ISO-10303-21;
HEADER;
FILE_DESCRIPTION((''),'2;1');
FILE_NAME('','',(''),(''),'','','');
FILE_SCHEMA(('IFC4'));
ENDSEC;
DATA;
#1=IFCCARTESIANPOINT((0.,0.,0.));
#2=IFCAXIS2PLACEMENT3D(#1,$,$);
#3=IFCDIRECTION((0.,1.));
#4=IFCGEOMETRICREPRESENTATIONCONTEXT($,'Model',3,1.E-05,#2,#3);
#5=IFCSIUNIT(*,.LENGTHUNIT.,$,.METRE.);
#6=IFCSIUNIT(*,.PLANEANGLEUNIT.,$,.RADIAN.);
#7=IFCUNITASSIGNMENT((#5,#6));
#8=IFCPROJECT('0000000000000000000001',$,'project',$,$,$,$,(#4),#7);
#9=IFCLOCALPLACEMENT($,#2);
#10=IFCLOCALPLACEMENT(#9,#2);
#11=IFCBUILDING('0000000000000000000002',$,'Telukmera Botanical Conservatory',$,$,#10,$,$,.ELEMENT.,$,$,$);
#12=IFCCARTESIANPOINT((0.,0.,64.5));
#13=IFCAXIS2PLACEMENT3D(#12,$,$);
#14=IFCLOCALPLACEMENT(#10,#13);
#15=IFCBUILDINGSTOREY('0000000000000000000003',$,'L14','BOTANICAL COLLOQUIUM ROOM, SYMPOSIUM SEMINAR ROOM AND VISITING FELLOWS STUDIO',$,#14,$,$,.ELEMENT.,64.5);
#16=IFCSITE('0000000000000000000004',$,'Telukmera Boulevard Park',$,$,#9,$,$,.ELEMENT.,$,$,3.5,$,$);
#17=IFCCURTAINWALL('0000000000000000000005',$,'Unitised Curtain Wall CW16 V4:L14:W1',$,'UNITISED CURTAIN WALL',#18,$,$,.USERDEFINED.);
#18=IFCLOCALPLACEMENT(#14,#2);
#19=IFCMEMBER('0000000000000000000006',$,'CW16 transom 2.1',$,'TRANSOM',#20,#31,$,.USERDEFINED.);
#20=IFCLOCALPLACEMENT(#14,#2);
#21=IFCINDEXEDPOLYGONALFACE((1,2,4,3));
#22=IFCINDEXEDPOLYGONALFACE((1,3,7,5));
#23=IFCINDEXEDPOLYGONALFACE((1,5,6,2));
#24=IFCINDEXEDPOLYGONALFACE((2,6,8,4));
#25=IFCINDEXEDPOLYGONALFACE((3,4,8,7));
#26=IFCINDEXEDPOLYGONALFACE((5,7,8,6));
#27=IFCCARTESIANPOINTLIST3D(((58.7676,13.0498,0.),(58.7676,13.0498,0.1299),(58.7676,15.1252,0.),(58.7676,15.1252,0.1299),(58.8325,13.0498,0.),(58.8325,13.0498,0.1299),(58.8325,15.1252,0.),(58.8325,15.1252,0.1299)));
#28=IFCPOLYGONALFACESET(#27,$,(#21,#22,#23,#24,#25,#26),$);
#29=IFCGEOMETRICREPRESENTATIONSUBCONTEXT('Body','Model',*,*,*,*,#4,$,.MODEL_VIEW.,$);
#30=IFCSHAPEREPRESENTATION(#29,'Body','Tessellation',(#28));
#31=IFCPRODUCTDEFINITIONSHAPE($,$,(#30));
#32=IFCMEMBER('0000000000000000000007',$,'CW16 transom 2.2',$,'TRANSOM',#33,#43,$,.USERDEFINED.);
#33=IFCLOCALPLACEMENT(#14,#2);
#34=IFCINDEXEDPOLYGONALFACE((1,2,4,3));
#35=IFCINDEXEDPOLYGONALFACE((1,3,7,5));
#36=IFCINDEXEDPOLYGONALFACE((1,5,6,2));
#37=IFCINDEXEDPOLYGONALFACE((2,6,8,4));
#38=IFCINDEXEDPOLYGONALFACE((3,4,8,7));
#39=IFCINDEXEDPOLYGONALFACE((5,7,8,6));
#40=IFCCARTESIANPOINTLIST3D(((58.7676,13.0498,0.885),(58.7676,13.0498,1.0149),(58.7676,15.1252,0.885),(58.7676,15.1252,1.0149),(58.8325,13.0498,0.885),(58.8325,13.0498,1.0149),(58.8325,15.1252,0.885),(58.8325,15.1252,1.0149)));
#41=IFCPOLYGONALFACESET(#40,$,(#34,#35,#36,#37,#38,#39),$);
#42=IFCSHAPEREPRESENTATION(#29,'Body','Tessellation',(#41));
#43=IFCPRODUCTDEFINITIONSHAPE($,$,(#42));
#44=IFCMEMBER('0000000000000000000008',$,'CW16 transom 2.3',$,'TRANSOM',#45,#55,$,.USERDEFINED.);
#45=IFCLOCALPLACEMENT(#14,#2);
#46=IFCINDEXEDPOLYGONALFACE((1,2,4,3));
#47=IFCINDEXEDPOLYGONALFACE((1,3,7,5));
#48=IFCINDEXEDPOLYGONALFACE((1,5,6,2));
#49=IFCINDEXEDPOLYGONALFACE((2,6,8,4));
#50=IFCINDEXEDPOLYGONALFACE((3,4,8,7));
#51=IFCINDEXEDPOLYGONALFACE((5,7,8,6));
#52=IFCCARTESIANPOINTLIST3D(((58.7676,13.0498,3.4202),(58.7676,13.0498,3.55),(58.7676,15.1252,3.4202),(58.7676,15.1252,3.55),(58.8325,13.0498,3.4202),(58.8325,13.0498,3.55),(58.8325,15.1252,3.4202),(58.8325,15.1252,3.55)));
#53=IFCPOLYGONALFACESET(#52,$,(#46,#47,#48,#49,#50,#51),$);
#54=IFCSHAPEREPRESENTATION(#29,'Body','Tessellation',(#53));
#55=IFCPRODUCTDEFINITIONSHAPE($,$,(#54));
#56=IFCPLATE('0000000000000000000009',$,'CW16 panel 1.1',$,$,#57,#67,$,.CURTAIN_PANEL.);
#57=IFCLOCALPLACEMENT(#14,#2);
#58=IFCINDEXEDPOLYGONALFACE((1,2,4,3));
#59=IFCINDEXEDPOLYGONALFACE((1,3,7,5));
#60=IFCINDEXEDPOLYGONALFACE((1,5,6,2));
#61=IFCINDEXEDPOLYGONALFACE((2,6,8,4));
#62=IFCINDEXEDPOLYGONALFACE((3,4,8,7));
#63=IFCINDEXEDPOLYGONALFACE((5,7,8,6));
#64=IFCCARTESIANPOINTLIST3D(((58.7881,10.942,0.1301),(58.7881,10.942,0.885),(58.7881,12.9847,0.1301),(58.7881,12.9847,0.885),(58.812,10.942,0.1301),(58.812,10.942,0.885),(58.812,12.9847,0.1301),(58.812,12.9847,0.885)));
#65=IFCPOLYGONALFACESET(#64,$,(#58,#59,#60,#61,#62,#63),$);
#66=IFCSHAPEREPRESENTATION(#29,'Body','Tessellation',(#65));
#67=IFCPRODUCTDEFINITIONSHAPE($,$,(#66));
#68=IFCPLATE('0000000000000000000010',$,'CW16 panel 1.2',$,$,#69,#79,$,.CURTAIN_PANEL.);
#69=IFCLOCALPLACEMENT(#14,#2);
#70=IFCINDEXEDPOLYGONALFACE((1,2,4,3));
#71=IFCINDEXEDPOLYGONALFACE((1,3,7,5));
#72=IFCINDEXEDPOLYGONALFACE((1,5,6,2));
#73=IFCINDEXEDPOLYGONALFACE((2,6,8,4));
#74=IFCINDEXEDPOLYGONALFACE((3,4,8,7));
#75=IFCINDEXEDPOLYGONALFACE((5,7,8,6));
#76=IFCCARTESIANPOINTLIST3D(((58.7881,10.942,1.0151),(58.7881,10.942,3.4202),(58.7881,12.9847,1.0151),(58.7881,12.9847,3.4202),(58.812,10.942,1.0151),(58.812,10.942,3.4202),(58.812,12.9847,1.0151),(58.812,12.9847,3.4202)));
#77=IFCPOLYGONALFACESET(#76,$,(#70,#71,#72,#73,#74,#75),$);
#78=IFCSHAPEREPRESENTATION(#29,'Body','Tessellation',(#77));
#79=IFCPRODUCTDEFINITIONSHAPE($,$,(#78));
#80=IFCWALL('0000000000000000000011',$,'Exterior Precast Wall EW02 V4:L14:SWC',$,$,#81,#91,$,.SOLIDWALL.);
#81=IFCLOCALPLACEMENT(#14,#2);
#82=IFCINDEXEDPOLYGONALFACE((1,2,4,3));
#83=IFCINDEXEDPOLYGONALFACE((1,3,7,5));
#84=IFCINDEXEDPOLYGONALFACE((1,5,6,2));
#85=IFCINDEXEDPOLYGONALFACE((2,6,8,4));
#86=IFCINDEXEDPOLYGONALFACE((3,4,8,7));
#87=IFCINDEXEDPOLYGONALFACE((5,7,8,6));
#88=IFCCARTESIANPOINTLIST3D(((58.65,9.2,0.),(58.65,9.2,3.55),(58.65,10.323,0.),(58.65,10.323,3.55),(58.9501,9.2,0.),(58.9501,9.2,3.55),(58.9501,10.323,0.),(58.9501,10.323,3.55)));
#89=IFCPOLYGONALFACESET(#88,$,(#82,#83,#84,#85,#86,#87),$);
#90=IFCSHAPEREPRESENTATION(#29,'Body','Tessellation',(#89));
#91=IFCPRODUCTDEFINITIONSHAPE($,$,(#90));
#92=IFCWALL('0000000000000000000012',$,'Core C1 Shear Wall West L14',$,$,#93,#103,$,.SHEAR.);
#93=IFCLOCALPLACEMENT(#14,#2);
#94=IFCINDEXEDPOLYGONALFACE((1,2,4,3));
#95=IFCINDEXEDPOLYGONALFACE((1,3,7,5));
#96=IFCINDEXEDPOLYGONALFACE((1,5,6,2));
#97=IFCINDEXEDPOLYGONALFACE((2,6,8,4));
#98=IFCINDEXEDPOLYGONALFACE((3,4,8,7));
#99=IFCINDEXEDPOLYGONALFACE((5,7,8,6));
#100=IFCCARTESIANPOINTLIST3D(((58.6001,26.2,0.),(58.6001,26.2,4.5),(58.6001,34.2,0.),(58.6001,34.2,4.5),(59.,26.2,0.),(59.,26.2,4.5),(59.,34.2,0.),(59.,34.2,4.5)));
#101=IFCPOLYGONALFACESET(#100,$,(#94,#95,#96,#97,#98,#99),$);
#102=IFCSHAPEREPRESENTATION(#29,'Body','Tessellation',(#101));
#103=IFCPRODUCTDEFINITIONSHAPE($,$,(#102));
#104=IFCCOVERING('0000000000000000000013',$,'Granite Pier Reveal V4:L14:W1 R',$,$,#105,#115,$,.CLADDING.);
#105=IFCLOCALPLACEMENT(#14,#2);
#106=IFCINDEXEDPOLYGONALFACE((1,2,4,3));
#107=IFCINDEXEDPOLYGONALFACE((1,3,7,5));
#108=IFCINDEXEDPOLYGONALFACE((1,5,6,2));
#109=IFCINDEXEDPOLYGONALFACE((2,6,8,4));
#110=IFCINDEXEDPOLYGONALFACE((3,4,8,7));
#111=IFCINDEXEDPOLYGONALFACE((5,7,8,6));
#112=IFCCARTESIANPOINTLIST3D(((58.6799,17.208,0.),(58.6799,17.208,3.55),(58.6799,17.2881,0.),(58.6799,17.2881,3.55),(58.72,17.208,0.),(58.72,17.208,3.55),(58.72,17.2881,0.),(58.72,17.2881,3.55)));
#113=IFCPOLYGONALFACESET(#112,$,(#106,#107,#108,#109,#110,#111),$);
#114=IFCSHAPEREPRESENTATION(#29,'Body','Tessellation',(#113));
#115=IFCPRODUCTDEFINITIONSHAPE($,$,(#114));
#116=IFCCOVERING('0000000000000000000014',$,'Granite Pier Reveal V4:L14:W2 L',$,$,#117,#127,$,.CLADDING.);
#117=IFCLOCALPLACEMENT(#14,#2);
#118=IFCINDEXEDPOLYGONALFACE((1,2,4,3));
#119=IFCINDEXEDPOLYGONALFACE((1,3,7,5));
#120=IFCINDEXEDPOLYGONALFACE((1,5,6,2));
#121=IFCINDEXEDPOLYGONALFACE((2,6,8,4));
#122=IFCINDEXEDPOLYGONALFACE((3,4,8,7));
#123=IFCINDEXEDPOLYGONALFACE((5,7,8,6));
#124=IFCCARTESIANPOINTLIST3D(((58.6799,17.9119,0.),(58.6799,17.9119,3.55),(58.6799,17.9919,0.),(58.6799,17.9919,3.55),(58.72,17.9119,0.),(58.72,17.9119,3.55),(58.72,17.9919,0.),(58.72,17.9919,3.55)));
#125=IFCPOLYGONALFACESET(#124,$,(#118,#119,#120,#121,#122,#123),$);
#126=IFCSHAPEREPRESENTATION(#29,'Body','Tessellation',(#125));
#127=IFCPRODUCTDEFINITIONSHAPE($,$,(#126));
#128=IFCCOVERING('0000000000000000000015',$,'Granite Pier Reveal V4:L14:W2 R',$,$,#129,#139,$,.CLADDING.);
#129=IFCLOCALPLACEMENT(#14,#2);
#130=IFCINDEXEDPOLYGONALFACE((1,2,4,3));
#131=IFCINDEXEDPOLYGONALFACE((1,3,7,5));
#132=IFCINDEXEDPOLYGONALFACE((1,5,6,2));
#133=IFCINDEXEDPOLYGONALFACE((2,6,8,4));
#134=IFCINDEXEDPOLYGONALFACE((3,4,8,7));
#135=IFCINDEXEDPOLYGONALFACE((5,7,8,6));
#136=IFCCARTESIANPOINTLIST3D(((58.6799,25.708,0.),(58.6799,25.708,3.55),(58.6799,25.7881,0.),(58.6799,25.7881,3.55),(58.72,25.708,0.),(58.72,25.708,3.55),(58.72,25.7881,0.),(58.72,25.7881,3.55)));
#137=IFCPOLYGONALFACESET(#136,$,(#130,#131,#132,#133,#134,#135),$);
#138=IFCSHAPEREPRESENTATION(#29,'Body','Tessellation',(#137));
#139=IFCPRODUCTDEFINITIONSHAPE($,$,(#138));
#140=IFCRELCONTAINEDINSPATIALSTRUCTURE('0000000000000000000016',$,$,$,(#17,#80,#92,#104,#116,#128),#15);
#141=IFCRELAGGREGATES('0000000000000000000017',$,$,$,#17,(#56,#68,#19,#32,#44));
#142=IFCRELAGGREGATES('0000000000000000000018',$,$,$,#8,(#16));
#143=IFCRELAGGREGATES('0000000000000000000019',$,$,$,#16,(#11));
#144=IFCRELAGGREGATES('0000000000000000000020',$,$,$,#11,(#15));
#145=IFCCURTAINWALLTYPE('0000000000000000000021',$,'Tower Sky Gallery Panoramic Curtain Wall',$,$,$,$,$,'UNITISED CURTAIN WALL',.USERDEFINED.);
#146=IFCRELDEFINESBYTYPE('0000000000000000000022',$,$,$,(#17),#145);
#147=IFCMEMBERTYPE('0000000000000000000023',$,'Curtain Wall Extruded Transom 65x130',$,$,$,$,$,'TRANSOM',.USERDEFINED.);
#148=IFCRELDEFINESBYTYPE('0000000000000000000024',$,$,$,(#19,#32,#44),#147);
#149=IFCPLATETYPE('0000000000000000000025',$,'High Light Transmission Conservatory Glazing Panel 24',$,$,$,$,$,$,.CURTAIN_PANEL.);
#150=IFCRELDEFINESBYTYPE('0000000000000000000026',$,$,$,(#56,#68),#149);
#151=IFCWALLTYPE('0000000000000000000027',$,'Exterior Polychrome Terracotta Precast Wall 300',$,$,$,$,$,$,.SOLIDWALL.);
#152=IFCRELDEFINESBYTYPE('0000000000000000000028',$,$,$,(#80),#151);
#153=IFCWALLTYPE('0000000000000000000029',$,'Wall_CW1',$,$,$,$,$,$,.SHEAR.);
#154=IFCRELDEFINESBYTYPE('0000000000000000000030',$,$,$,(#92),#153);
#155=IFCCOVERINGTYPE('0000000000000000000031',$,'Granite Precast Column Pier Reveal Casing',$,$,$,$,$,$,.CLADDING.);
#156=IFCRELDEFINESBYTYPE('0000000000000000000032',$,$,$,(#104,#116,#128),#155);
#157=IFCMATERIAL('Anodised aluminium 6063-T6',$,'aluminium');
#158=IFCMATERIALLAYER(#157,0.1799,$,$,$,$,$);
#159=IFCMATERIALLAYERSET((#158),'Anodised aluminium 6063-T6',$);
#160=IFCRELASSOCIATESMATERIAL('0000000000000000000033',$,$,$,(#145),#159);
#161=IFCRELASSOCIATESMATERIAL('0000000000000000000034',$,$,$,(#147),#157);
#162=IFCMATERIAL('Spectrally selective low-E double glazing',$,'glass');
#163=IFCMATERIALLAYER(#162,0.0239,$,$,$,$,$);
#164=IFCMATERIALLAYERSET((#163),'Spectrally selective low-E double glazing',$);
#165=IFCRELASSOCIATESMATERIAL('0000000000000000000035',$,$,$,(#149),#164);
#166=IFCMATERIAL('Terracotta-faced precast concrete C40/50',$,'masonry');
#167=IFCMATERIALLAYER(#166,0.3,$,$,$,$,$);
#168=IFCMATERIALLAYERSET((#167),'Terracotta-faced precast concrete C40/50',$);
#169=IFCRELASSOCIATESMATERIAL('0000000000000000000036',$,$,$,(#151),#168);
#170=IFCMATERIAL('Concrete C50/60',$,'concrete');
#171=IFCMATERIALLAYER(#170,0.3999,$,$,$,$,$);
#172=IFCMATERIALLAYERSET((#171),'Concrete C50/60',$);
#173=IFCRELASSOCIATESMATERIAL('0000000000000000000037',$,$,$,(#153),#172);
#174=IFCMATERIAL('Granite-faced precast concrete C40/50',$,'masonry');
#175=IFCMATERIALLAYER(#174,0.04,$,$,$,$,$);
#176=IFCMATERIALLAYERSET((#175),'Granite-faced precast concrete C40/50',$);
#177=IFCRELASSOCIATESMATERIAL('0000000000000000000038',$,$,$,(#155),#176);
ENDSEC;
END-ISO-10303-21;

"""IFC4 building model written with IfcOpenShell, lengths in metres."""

from ifc_helpers import new_model, si_unit, direction, frame, frame_2d, origin, origin_2d, place, context, subcontext, project, spatial, rectangle, extrude, material, layer, layer_set, material_profile, profile_set, type_object, element, aggregate, save


model = new_model("IFC4")

# Units and contexts
model_context = context("Model", 3, precision=1e-05, world=origin(), true_north=direction((0.0, 1.0)))
body_context = subcontext(model_context, "Body", "Model", "MODEL_VIEW")
ifc_project = project(units=[si_unit("LENGTHUNIT", "METRE"), si_unit("PLANEANGLEUNIT", "RADIAN")], contexts=[model_context])

# Site, building, storey
site_placement = place(None, origin())
site = spatial("IfcSite", under=ifc_project, at=site_placement, Name="Telukmera Boulevard Park", CompositionType="ELEMENT", RefElevation=3.5)
building_placement = place(site_placement, origin())
building = spatial("IfcBuilding", under=site, at=building_placement, Name="Telukmera Botanical Conservatory", CompositionType="ELEMENT")
storey_placement = place(building_placement, frame((0.0, 0.0, 64.5)))
storey = spatial("IfcBuildingStorey", under=building, at=storey_placement, Name="L14", Description="BOTANICAL COLLOQUIUM ROOM, SYMPOSIUM SEMINAR ROOM AND VISITING FELLOWS STUDIO", CompositionType="ELEMENT", Elevation=64.5)

# Shared definitions
ifc_material_1 = material(Name="Concrete C50/60", Category="concrete")

# Curtain wall, members, plates
ifc_material_2 = material(Name="Anodised aluminium 6063-T6", Category="aluminium")
ifc_layer_1 = layer(ifc_material_2, 0.1799)
ifc_layer_set_1 = layer_set([ifc_layer_1], Name="Anodised aluminium 6063-T6")
curtain_wall_type = type_object("IfcCurtainWallType", Name="Tower Sky Gallery Panoramic Curtain Wall", ElementType="UNITISED CURTAIN WALL", PredefinedType="USERDEFINED", material=ifc_layer_set_1)
curtain_wall_placement = place(storey_placement, origin())
curtain_wall = element("IfcCurtainWall", 1, at=curtain_wall_placement, inside=storey, type_object=curtain_wall_type, Name="Unitised Curtain Wall CW16 V4:L14:W1", ObjectType="UNITISED CURTAIN WALL", PredefinedType="USERDEFINED")
ifc_material_profile_1 = material_profile(ifc_material_2, rectangle(XDim=0.0649, YDim=0.1299, at=origin_2d()), Name="ALU TRAN 65x130")
ifc_profile_set_1 = profile_set([ifc_material_profile_1], Name="Anodised aluminium 6063-T6")
member_type_1 = type_object("IfcMemberType", Name="Curtain Wall Extruded Transom 65x130", ElementType="TRANSOM", PredefinedType="USERDEFINED", material=ifc_profile_set_1)
member_1_placement = place(storey_placement, frame((58.8, 13.0498, 0.0649), z_axis=(0.0, 1.0, 0.0), x_axis=(-1.0, 0.0, 0.0)))
member_1 = element("IfcMember", 2, at=member_1_placement, type_object=member_type_1, Name="CW16 transom 2.1", ObjectType="TRANSOM", PredefinedType="USERDEFINED", context=body_context, shape_type="SweptSolid", body=[
    extrude(rectangle(XDim=0.0649, YDim=0.1299, at=origin_2d()), origin(), (0.0, 0.0, 1.0), 2.0754),
])
member_2_placement = place(storey_placement, frame((58.8, 13.0498, 0.95), z_axis=(0.0, 1.0, 0.0), x_axis=(-1.0, 0.0, 0.0)))
member_2 = element("IfcMember", 3, at=member_2_placement, type_object=member_type_1, Name="CW16 transom 2.2", ObjectType="TRANSOM", PredefinedType="USERDEFINED", context=body_context, shape_type="SweptSolid", body=[
    extrude(rectangle(XDim=0.0649, YDim=0.1299, at=origin_2d()), origin(), (0.0, 0.0, 1.0), 2.0754),
])
member_3_placement = place(storey_placement, frame((58.8, 13.0498, 3.4851), z_axis=(0.0, 1.0, 0.0), x_axis=(-1.0, 0.0, 0.0)))
member_3 = element("IfcMember", 4, at=member_3_placement, type_object=member_type_1, Name="CW16 transom 2.3", ObjectType="TRANSOM", PredefinedType="USERDEFINED", context=body_context, shape_type="SweptSolid", body=[
    extrude(rectangle(XDim=0.0649, YDim=0.1299, at=origin_2d()), origin(), (0.0, 0.0, 1.0), 2.0754),
])
ifc_material_3 = material(Name="Spectrally selective low-E double glazing", Category="glass")
ifc_layer_2 = layer(ifc_material_3, 0.0239)
ifc_layer_set_2 = layer_set([ifc_layer_2], Name="Spectrally selective low-E double glazing")
plate_type = type_object("IfcPlateType", Name="High Light Transmission Conservatory Glazing Panel 24", PredefinedType="CURTAIN_PANEL", material=ifc_layer_set_2)
plate_1_placement = place(storey_placement, frame((58.8, 11.9634, 0.1301), z_axis=(0.0, 0.0, 1.0), x_axis=(0.0, 1.0, 0.0)))
plate_1 = element("IfcPlate", 5, at=plate_1_placement, type_object=plate_type, Name="CW16 panel 1.1", PredefinedType="CURTAIN_PANEL", context=body_context, shape_type="SweptSolid", body=[
    extrude(rectangle(XDim=2.0427, YDim=0.0239, at=origin_2d()), origin(), (0.0, 0.0, 1.0), 0.7549),
])
plate_2_placement = place(storey_placement, frame((58.8, 11.9634, 1.0151), z_axis=(0.0, 0.0, 1.0), x_axis=(0.0, 1.0, 0.0)))
plate_2 = element("IfcPlate", 6, at=plate_2_placement, type_object=plate_type, Name="CW16 panel 1.2", PredefinedType="CURTAIN_PANEL", context=body_context, shape_type="SweptSolid", body=[
    extrude(rectangle(XDim=2.0427, YDim=0.0239, at=origin_2d()), origin(), (0.0, 0.0, 1.0), 2.405),
])
aggregate(curtain_wall, [plate_1, plate_2, member_1, member_2, member_3])

# Walls
ifc_material_4 = material(Name="Terracotta-faced precast concrete C40/50", Category="masonry")
ifc_layer_3 = layer(ifc_material_4, 0.3)
ifc_layer_set_3 = layer_set([ifc_layer_3], Name="Terracotta-faced precast concrete C40/50")
wall_type_1 = type_object("IfcWallType", Name="Exterior Polychrome Terracotta Precast Wall 300", PredefinedType="SOLIDWALL", material=ifc_layer_set_3)
wall_1_placement = place(storey_placement, frame((58.8, 9.2, 0.0), z_axis=(0.0, 0.0, 1.0), x_axis=(0.0, 1.0, 0.0)))
element("IfcWall", 7, at=wall_1_placement, inside=storey, type_object=wall_type_1, Name="Exterior Precast Wall EW02 V4:L14:SWC", PredefinedType="SOLIDWALL", context=body_context, shape_type="SweptSolid", body=[
    extrude(rectangle(XDim=1.123, YDim=0.3, at=frame_2d((0.5615, 0.0))), origin(), (0.0, 0.0, 1.0), 3.55),
])
ifc_layer_4 = layer(ifc_material_1, 0.3999)
ifc_layer_set_4 = layer_set([ifc_layer_4], Name="Concrete C50/60")
wall_type_2 = type_object("IfcWallType", Name="Wall_CW1", PredefinedType="SHEAR", material=ifc_layer_set_4)
wall_2_placement = place(storey_placement, frame((58.8, 26.2, 0.0), z_axis=(0.0, 0.0, 1.0), x_axis=(0.0, 1.0, 0.0)))
element("IfcWall", 8, at=wall_2_placement, inside=storey, type_object=wall_type_2, Name="Core C1 Shear Wall West L14", PredefinedType="SHEAR", context=body_context, shape_type="SweptSolid", body=[
    extrude(rectangle(XDim=8.0, YDim=0.3999, at=frame_2d((4.0, 0.0))), origin(), (0.0, 0.0, 1.0), 4.5),
])

# Coverings
ifc_material_5 = material(Name="Granite-faced precast concrete C40/50", Category="masonry")
ifc_layer_5 = layer(ifc_material_5, 0.04)
ifc_layer_set_5 = layer_set([ifc_layer_5], Name="Granite-faced precast concrete C40/50")
covering_type = type_object("IfcCoveringType", Name="Granite Precast Column Pier Reveal Casing", PredefinedType="CLADDING", material=ifc_layer_set_5)
for number, where, z_axis, x_axis, name in (
    (9, (58.7, 17.248, 0.0), (0.0, 0.0, 1.0), (0.0, 1.0, 0.0), "Granite Pier Reveal V4:L14:W1 R"),
    (10, (58.7, 17.9519, 0.0), (0.0, 0.0, 1.0), (0.0, 1.0, 0.0), "Granite Pier Reveal V4:L14:W2 L"),
    (11, (58.7, 25.748, 0.0), (0.0, 0.0, 1.0), (0.0, 1.0, 0.0), "Granite Pier Reveal V4:L14:W2 R"),
):
    element("IfcCovering", number, at=place(storey_placement, frame(where, z_axis=z_axis, x_axis=x_axis)), inside=storey, type_object=covering_type, Name=name, PredefinedType="CLADDING", context=body_context, shape_type="SweptSolid", body=[
        extrude(rectangle(XDim=0.0801, YDim=0.04, at=origin_2d()), origin(), (0.0, 0.0, 1.0), 3.55),
    ])

save(model, "model.ifc")
